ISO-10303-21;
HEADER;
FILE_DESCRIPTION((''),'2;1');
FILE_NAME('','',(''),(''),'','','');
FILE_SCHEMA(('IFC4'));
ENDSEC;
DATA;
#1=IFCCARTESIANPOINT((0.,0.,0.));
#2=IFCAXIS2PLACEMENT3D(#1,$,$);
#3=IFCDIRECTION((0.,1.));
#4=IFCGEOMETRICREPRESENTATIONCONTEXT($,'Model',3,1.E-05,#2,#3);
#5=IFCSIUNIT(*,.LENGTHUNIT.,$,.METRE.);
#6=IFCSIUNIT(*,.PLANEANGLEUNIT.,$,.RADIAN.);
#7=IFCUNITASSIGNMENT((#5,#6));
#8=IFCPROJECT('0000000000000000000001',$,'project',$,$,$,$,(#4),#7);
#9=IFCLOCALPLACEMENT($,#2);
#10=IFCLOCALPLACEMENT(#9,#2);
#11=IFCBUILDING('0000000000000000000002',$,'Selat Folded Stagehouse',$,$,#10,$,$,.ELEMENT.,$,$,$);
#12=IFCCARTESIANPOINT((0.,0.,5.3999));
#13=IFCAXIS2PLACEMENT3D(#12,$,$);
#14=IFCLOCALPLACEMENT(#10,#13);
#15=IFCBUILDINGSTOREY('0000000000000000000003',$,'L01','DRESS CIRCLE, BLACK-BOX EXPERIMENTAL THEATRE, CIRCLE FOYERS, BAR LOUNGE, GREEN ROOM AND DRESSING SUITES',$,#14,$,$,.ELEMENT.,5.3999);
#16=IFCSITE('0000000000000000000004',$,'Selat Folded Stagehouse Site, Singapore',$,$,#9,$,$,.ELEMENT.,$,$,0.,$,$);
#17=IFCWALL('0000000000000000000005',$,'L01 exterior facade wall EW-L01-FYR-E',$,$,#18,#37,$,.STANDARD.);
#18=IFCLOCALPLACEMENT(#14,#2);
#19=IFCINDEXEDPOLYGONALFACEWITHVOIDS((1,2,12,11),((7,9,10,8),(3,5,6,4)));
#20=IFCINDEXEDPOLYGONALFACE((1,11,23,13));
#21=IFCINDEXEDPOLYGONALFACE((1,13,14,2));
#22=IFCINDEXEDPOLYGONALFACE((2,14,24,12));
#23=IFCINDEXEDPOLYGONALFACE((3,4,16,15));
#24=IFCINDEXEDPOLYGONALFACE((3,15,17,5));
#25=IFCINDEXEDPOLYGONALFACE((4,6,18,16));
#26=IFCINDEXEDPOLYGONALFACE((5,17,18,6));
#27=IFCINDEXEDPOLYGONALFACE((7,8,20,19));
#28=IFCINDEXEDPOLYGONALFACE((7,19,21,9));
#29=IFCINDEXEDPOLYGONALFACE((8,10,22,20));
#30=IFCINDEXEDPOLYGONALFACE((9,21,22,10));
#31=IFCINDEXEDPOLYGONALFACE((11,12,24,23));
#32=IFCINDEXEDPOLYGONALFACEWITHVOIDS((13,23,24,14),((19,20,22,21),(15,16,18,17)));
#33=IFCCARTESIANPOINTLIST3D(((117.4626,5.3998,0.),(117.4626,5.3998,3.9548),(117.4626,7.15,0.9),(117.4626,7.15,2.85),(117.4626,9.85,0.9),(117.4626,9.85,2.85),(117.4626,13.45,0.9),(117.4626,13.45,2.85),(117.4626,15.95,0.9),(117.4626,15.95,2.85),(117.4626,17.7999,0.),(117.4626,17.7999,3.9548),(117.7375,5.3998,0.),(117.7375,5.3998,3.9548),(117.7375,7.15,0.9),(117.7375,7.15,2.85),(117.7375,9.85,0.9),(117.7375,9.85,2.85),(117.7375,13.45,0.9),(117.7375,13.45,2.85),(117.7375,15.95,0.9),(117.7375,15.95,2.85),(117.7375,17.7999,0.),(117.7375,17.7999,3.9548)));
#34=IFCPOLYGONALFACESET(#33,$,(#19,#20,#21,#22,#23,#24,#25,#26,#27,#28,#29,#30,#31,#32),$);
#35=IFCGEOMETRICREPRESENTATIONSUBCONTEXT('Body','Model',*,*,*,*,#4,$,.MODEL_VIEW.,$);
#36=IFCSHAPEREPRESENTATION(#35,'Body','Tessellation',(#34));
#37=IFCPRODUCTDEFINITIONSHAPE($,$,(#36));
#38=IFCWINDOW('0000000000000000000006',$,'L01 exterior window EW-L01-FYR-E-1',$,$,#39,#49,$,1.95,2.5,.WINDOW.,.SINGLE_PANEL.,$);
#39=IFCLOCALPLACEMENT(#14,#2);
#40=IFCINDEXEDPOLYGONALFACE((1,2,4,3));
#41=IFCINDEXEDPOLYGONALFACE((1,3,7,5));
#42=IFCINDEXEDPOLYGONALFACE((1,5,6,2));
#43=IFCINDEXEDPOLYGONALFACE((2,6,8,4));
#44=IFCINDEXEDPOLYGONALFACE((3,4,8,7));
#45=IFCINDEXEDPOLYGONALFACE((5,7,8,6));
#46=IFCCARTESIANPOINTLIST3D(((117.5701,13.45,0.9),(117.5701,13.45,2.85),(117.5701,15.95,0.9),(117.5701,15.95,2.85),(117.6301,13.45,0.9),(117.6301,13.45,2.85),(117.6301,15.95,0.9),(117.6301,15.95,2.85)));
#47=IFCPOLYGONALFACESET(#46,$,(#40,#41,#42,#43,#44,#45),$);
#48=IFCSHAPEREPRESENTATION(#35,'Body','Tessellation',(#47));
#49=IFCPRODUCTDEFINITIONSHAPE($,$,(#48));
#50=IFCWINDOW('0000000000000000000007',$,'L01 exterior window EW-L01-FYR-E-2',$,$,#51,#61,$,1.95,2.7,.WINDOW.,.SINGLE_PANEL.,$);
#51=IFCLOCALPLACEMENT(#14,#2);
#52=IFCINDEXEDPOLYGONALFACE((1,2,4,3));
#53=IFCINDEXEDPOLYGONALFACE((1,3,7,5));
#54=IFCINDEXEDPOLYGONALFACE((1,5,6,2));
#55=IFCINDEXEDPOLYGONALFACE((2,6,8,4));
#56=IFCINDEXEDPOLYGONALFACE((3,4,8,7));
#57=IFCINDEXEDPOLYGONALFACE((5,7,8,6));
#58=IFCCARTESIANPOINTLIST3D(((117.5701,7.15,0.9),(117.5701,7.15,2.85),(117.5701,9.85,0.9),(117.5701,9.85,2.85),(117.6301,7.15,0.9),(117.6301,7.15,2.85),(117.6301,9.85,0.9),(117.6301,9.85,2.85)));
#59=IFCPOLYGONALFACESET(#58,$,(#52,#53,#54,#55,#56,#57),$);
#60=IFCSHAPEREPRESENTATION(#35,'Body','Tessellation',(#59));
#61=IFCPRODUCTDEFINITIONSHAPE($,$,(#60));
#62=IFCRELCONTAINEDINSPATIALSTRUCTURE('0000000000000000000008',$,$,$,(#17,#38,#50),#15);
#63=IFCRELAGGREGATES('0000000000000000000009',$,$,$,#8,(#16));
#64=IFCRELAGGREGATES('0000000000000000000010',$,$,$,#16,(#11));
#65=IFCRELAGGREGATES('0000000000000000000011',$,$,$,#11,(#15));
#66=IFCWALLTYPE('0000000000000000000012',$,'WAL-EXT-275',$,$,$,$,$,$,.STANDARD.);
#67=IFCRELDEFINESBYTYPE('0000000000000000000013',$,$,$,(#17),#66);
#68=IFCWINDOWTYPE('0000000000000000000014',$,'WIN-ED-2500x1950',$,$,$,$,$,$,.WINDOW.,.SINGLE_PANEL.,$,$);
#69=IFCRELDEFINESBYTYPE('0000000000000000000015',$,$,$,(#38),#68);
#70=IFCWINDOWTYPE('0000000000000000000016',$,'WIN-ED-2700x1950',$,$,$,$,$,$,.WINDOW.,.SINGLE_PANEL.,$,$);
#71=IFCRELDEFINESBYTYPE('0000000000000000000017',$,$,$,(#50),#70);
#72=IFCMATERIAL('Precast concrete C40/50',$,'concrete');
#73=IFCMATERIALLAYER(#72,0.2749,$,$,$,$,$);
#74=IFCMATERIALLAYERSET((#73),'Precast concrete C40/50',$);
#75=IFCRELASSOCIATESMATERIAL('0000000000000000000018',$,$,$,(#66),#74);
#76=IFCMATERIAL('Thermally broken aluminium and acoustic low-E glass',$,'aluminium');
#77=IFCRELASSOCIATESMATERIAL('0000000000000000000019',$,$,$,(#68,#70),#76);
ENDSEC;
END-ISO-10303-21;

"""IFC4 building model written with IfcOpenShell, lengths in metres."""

from ifc_helpers import new_model, si_unit, direction, frame, frame_2d, origin, place, context, subcontext, project, spatial, rectangle, extrude, material, layer, layer_set, type_object, element, fill, save


model = new_model("IFC4")

# Units and contexts
model_context = context("Model", 3, precision=1e-05, world=origin(), true_north=direction((0.0, 1.0)))
body_context = subcontext(model_context, "Body", "Model", "MODEL_VIEW")
ifc_project = project(units=[si_unit("LENGTHUNIT", "METRE"), si_unit("PLANEANGLEUNIT", "RADIAN")], contexts=[model_context])

# Site, building, storey
site_placement = place(None, origin())
site = spatial("IfcSite", under=ifc_project, at=site_placement, Name="Selat Folded Stagehouse Site, Singapore", CompositionType="ELEMENT", RefElevation=0.0)
building_placement = place(site_placement, origin())
building = spatial("IfcBuilding", under=site, at=building_placement, Name="Selat Folded Stagehouse", CompositionType="ELEMENT")
storey_placement = place(building_placement, frame((0.0, 0.0, 5.3999)))
storey = spatial("IfcBuildingStorey", under=building, at=storey_placement, Name="L01", Description="DRESS CIRCLE, BLACK-BOX EXPERIMENTAL THEATRE, CIRCLE FOYERS, BAR LOUNGE, GREEN ROOM AND DRESSING SUITES", CompositionType="ELEMENT", Elevation=5.3999)

# Wall, openings, windows
ifc_material_1 = material(Name="Precast concrete C40/50", Category="concrete")
ifc_layer_1 = layer(ifc_material_1, 0.2749)
ifc_layer_set_1 = layer_set([ifc_layer_1], Name="Precast concrete C40/50")
wall_type = type_object("IfcWallType", Name="WAL-EXT-275", PredefinedType="STANDARD", material=ifc_layer_set_1)
wall_placement = place(storey_placement, frame((117.6001, 17.8, 0.0), z_axis=(0.0, 0.0, 1.0), x_axis=(0.0, -1.0, 0.0)))
wall = element("IfcWall", 1, at=wall_placement, inside=storey, type_object=wall_type, Name="L01 exterior facade wall EW-L01-FYR-E", PredefinedType="STANDARD", context=body_context, shape_type="SweptSolid", body=[
    extrude(rectangle(XDim=12.4001, YDim=0.2749, at=frame_2d((6.2002, 0.0))), origin(), (0.0, 0.0, 1.0), 3.9548),
])
opening_1_placement = place(wall_placement, frame((1.8501, 0.0, 0.8999)))
opening_1 = element("IfcOpeningElement", 2, at=opening_1_placement, cuts=wall, PredefinedType="OPENING", context=body_context, shape_type="SweptSolid", body=[
    extrude(rectangle(XDim=2.5, YDim=1.95, at=frame_2d((1.25, 0.9751))), frame((0.0, 0.1475, 0.0), z_axis=(0.0, -1.0, 0.0), x_axis=(1.0, 0.0, 0.0)), (0.0, 0.0, 1.0), 0.2949),
])
opening_2_placement = place(wall_placement, frame((7.95, 0.0, 0.8999)))
opening_2 = element("IfcOpeningElement", 3, at=opening_2_placement, cuts=wall, PredefinedType="OPENING", context=body_context, shape_type="SweptSolid", body=[
    extrude(rectangle(XDim=2.7, YDim=1.95, at=frame_2d((1.3501, 0.9751))), frame((0.0, 0.1475, 0.0), z_axis=(0.0, -1.0, 0.0), x_axis=(1.0, 0.0, 0.0)), (0.0, 0.0, 1.0), 0.2949),
])
ifc_material_2 = material(Name="Thermally broken aluminium and acoustic low-E glass", Category="aluminium")
window_type_1 = type_object("IfcWindowType", Name="WIN-ED-2500x1950", PartitioningType="SINGLE_PANEL", PredefinedType="WINDOW", material=ifc_material_2)
window_1_placement = place(opening_1_placement, origin())
window_1 = element("IfcWindow", 4, at=window_1_placement, inside=storey, type_object=window_type_1, Name="L01 exterior window EW-L01-FYR-E-1", OverallHeight=1.95, OverallWidth=2.5, PartitioningType="SINGLE_PANEL", PredefinedType="WINDOW", context=body_context, shape_type="SweptSolid", body=[
    extrude(rectangle(XDim=2.5, YDim=1.95, at=frame_2d((1.25, 0.9751))), frame((0.0, 0.03, 0.0), z_axis=(0.0, -1.0, 0.0), x_axis=(1.0, 0.0, 0.0)), (0.0, 0.0, 1.0), 0.0601),
])
fill(opening_1, window_1)
window_type_2 = type_object("IfcWindowType", Name="WIN-ED-2700x1950", PartitioningType="SINGLE_PANEL", PredefinedType="WINDOW", material=ifc_material_2)
window_2_placement = place(opening_2_placement, origin())
window_2 = element("IfcWindow", 5, at=window_2_placement, inside=storey, type_object=window_type_2, Name="L01 exterior window EW-L01-FYR-E-2", OverallHeight=1.95, OverallWidth=2.7, PartitioningType="SINGLE_PANEL", PredefinedType="WINDOW", context=body_context, shape_type="SweptSolid", body=[
    extrude(rectangle(XDim=2.7, YDim=1.95, at=frame_2d((1.3501, 0.9751))), frame((0.0, 0.03, 0.0), z_axis=(0.0, -1.0, 0.0), x_axis=(1.0, 0.0, 0.0)), (0.0, 0.0, 1.0), 0.0601),
])
fill(opening_2, window_2)

save(model, "model.ifc")
